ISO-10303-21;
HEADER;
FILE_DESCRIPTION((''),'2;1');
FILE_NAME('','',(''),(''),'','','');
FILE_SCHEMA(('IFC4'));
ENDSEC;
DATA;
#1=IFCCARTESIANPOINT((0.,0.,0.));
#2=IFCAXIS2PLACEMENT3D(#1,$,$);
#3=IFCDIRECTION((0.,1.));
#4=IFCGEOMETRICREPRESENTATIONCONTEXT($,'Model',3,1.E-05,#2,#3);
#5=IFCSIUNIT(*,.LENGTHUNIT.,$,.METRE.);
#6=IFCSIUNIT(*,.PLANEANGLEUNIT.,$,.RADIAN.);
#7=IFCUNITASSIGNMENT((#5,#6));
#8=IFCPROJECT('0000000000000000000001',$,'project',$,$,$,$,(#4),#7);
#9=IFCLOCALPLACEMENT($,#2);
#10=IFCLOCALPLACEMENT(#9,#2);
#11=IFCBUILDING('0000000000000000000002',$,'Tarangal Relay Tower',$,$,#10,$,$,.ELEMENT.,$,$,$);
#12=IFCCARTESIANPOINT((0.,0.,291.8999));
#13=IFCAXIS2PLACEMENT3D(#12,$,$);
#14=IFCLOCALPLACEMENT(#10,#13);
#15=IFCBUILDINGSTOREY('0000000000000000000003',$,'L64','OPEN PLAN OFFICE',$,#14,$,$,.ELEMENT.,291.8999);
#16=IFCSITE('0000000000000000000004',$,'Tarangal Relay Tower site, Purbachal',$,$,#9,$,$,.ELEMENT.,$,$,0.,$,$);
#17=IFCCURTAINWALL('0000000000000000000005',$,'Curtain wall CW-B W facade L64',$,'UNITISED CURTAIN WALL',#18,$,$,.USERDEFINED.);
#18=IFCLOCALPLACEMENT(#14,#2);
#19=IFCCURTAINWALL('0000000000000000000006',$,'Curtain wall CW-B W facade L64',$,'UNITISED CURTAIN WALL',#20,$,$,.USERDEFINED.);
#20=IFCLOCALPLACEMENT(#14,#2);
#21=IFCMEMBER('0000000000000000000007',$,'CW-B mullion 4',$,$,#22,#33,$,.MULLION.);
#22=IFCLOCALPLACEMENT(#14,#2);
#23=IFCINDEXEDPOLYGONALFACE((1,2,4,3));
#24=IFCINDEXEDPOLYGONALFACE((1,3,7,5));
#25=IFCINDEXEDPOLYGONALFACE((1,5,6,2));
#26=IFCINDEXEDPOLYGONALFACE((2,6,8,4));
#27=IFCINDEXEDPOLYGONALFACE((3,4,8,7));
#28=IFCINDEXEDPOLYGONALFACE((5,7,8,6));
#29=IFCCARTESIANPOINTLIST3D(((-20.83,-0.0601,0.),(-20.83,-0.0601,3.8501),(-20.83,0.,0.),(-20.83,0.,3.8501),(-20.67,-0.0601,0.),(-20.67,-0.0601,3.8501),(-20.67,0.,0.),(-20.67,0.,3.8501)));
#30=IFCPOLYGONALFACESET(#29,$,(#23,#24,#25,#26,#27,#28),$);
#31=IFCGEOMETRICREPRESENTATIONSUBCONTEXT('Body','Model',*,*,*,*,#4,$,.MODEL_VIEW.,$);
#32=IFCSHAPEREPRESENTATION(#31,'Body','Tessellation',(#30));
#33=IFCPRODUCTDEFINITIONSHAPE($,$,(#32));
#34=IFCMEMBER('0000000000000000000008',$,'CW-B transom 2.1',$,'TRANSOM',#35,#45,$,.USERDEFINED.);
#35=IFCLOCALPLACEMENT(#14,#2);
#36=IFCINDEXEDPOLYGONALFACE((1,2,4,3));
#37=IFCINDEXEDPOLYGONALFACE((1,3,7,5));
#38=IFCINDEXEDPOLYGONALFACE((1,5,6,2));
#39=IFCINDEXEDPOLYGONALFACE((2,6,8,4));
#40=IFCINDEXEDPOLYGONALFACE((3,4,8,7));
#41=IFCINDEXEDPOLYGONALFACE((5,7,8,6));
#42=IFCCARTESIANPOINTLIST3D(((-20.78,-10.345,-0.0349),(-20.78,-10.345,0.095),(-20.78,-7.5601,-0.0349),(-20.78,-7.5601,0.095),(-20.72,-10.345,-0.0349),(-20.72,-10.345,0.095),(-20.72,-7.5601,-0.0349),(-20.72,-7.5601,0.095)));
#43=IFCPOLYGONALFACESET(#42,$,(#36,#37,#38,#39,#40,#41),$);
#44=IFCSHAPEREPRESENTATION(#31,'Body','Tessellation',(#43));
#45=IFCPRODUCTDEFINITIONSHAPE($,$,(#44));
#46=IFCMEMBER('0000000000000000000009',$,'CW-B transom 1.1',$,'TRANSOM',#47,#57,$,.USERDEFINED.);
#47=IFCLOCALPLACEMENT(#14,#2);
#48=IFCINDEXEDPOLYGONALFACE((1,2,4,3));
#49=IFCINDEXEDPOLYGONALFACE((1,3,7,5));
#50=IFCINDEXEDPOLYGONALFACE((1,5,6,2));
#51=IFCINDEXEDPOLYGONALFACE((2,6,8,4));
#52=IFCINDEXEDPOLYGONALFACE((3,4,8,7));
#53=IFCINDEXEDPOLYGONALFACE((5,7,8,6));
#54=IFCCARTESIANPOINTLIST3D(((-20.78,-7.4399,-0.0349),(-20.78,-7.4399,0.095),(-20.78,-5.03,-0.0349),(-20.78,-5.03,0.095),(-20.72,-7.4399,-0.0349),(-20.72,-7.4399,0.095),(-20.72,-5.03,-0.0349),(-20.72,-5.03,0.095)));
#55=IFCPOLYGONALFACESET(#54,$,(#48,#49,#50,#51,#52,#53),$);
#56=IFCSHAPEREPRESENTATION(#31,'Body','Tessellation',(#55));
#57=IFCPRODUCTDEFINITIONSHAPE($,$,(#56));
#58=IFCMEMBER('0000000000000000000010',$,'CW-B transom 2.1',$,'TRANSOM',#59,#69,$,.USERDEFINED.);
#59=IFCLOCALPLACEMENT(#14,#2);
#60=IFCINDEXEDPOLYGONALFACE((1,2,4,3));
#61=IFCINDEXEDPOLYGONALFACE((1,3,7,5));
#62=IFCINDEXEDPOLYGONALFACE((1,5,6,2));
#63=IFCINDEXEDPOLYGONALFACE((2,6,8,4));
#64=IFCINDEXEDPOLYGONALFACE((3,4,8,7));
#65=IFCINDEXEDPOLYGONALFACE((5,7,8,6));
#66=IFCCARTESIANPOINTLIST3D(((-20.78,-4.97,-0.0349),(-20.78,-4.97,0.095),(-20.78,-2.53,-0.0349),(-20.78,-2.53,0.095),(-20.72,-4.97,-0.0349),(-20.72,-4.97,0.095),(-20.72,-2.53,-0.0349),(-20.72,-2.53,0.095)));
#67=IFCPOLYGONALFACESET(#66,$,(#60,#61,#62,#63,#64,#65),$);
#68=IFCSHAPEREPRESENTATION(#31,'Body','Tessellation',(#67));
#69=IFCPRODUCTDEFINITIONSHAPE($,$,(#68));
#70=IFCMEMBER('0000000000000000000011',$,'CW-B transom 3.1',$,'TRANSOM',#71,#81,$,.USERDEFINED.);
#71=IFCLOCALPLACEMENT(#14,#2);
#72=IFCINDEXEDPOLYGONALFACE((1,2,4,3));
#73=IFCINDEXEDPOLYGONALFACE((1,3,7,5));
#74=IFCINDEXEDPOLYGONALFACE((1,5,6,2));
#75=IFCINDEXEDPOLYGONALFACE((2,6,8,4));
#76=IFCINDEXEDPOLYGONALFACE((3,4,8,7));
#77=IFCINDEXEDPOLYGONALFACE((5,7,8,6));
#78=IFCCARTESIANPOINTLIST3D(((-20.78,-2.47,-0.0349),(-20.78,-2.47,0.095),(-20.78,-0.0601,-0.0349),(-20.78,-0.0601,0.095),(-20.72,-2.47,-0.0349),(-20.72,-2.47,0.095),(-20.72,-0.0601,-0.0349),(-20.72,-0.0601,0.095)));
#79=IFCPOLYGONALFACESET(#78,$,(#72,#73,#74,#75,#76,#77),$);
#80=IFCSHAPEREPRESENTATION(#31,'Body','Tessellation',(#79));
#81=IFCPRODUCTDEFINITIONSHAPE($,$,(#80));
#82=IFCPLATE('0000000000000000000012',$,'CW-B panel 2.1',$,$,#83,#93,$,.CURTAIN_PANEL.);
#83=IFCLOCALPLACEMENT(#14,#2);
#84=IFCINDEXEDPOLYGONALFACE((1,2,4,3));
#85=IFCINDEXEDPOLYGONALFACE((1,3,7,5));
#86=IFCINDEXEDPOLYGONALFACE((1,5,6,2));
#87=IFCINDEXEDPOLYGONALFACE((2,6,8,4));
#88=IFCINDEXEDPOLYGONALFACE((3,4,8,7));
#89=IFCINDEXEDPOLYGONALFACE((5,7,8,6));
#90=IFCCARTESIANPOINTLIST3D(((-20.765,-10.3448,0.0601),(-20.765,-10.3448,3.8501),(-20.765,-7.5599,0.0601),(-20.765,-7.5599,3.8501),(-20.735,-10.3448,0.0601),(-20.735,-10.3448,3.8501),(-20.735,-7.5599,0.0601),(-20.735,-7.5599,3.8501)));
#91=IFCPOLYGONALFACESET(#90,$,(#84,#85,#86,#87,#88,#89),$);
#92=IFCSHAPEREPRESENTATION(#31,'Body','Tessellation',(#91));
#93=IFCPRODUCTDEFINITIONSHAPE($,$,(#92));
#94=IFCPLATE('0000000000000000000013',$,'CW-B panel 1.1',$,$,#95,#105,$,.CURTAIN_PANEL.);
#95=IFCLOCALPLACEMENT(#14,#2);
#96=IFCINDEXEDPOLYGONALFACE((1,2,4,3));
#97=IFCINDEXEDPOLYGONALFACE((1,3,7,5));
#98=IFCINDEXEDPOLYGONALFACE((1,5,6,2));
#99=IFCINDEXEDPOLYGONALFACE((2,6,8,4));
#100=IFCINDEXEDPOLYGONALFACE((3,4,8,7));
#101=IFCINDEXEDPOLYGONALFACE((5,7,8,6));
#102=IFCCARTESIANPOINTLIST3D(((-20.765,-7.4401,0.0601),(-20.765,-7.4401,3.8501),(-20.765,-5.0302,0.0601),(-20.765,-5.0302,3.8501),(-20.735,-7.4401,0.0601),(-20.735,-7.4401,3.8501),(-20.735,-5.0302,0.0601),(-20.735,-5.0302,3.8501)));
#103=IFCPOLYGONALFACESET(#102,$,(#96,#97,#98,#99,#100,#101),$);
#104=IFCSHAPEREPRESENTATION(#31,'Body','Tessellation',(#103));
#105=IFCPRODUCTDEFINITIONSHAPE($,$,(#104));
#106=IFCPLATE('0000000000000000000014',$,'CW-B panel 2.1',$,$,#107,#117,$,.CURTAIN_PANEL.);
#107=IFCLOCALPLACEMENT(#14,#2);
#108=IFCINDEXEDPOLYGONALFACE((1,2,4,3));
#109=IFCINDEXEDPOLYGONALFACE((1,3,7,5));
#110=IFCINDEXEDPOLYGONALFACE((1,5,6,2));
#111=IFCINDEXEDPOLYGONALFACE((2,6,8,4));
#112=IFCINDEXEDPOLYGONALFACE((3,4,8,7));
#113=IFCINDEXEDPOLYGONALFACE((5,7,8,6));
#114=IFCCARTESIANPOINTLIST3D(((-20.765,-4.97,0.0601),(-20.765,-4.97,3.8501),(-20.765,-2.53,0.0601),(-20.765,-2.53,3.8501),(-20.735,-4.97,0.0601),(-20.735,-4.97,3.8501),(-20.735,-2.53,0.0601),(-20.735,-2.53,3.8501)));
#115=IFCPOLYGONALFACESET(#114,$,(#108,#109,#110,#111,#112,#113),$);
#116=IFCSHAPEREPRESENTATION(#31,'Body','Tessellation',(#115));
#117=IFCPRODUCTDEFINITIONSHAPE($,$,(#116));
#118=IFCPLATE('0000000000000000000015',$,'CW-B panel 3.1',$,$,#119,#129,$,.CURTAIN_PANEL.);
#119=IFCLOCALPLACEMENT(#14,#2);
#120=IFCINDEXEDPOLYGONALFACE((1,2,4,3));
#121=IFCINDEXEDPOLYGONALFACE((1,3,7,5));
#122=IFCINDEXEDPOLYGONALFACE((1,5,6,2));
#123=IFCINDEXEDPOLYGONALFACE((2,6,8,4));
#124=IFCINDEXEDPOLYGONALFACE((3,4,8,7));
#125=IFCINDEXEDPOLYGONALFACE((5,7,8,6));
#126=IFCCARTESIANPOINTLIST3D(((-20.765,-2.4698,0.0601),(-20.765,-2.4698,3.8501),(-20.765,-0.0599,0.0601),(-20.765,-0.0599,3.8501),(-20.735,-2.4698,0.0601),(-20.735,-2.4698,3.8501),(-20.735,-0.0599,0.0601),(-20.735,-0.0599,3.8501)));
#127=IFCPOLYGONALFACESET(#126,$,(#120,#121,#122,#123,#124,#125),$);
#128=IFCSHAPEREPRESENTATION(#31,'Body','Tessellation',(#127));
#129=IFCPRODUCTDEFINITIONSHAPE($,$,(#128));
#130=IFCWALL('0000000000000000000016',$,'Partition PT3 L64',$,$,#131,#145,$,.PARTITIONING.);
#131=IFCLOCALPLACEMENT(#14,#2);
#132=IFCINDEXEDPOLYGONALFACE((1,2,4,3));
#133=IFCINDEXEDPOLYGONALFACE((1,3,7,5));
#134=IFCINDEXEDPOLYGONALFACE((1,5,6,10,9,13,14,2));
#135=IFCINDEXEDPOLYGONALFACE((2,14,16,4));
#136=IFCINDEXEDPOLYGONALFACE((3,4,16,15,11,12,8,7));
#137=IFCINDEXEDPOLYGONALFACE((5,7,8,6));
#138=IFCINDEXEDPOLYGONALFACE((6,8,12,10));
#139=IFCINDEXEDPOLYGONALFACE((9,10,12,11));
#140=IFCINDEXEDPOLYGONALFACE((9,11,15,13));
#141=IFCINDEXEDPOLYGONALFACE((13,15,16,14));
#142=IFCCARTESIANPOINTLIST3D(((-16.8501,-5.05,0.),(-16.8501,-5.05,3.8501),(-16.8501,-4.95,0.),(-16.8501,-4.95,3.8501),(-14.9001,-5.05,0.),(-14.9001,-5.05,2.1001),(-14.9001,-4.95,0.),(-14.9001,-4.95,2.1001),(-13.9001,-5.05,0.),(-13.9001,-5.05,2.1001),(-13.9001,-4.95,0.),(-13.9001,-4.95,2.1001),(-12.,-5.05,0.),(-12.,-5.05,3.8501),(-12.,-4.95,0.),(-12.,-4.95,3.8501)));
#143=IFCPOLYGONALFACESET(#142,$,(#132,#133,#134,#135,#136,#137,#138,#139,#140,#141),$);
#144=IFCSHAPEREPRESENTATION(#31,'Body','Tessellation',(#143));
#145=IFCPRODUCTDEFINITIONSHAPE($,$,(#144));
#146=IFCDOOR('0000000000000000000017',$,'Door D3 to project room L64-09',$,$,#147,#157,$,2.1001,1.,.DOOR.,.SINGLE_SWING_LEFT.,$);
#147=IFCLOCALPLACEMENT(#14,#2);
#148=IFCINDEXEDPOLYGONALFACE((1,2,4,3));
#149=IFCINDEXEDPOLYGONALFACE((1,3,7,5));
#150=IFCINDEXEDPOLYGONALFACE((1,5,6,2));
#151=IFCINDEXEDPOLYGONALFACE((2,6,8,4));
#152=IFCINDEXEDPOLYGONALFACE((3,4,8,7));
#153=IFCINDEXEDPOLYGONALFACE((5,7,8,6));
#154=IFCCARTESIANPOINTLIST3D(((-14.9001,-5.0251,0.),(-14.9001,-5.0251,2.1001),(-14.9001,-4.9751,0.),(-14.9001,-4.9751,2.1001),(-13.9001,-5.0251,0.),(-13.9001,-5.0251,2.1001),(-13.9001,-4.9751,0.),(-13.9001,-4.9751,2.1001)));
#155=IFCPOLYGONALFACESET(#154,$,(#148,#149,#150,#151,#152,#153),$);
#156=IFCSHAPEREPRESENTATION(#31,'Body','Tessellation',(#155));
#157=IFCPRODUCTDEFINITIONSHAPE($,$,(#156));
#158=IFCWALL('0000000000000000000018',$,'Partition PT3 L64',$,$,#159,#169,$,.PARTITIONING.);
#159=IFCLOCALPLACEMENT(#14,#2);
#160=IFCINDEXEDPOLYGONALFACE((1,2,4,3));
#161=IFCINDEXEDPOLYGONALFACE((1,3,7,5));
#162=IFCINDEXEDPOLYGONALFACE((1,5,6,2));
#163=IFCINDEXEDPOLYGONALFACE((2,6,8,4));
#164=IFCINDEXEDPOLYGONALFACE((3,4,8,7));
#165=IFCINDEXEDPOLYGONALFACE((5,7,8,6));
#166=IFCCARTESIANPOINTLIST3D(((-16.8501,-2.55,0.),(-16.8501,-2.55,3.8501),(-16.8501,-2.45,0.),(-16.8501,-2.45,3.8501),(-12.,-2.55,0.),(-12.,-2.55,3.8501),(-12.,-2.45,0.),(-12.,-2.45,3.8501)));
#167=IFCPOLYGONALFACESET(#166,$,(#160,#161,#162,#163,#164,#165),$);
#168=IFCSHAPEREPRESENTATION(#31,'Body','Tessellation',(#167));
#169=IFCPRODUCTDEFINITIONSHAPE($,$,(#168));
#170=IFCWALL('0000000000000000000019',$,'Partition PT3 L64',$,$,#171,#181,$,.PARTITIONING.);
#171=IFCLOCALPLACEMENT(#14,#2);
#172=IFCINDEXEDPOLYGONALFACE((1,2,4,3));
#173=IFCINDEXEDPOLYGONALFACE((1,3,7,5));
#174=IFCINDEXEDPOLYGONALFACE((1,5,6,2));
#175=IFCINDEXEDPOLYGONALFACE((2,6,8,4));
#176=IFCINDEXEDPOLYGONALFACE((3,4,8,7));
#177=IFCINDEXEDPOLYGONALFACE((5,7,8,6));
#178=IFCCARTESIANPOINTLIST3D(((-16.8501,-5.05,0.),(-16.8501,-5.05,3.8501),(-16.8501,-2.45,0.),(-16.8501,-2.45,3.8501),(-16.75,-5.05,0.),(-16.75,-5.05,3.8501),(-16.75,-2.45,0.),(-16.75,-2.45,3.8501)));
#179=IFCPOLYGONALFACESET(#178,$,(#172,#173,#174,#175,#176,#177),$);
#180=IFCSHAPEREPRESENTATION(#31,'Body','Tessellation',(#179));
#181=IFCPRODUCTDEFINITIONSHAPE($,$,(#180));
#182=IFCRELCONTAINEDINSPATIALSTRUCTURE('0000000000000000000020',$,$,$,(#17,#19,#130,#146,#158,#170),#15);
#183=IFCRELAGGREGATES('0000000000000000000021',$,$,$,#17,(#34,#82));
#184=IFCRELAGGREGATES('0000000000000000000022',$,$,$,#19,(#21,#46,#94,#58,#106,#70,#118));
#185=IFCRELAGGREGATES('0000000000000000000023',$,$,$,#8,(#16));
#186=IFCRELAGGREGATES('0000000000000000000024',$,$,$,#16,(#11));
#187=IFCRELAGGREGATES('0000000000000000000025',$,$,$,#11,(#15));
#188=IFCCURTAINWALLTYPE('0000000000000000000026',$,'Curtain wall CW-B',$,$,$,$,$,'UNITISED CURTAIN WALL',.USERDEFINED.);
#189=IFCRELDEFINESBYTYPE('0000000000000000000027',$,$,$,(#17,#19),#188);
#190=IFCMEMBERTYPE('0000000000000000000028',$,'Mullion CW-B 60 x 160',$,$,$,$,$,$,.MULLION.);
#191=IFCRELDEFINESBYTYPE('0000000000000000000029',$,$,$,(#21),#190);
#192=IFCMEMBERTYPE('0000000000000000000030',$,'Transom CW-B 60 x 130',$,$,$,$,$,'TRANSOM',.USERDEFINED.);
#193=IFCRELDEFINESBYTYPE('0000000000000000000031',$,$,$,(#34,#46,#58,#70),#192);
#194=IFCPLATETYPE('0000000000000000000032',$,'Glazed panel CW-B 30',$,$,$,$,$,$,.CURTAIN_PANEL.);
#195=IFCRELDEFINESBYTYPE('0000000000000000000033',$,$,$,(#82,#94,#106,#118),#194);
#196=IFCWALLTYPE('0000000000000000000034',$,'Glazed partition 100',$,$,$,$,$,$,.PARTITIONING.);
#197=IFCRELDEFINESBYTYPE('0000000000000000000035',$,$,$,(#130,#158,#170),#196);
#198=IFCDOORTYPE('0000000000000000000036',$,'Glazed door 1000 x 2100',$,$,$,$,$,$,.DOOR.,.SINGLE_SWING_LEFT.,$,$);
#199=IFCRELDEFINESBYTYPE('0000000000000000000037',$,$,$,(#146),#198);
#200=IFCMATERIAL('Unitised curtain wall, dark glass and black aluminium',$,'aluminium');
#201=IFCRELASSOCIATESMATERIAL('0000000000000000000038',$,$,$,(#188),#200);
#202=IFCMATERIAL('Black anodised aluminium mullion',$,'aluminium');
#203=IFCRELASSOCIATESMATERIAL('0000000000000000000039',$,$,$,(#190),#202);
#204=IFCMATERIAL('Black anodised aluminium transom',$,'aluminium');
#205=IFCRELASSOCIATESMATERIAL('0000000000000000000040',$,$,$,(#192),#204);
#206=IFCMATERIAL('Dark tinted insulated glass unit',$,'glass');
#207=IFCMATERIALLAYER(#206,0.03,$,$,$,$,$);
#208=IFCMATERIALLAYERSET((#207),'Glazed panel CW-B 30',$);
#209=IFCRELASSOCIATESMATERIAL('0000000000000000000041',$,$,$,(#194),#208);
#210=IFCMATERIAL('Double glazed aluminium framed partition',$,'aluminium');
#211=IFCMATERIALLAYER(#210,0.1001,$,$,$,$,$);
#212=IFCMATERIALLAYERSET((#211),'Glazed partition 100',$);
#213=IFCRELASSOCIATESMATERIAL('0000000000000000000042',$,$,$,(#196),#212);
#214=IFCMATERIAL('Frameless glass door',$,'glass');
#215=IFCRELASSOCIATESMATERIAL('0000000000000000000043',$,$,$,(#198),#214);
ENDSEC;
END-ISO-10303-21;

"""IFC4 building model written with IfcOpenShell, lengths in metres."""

from ifc_helpers import new_model, si_unit, direction, frame, frame_2d, origin, origin_2d, place, context, subcontext, project, spatial, rectangle, extrude, material, layer, layer_set, material_profile, profile_set, type_object, element, fill, aggregate, save


model = new_model("IFC4")

# Units and contexts
model_context = context("Model", 3, precision=1e-05, world=origin(), true_north=direction((0.0, 1.0)))
body_context = subcontext(model_context, "Body", "Model", "MODEL_VIEW")
ifc_project = project(units=[si_unit("LENGTHUNIT", "METRE"), si_unit("PLANEANGLEUNIT", "RADIAN")], contexts=[model_context])

# Site, building, storey
site_placement = place(None, origin())
site = spatial("IfcSite", under=ifc_project, at=site_placement, Name="Tarangal Relay Tower site, Purbachal", CompositionType="ELEMENT", RefElevation=0.0)
building_placement = place(site_placement, origin())
building = spatial("IfcBuilding", under=site, at=building_placement, Name="Tarangal Relay Tower", CompositionType="ELEMENT")
storey_placement = place(building_placement, frame((0.0, 0.0, 291.8999)))
storey = spatial("IfcBuildingStorey", under=building, at=storey_placement, Name="L64", Description="OPEN PLAN OFFICE", CompositionType="ELEMENT", Elevation=291.8999)

# Curtain wall
ifc_material_1 = material(Name="Unitised curtain wall, dark glass and black aluminium", Category="aluminium")
curtain_wall_type = type_object("IfcCurtainWallType", Name="Curtain wall CW-B", ElementType="UNITISED CURTAIN WALL", PredefinedType="USERDEFINED", material=ifc_material_1)
curtain_wall_1_placement = place(storey_placement, origin())
curtain_wall_1 = element("IfcCurtainWall", 1, at=curtain_wall_1_placement, inside=storey, type_object=curtain_wall_type, Name="Curtain wall CW-B W facade L64", ObjectType="UNITISED CURTAIN WALL", PredefinedType="USERDEFINED")
ifc_material_2 = material(Name="Black anodised aluminium mullion", Category="aluminium")
ifc_material_profile_1 = material_profile(ifc_material_2, rectangle(XDim=0.1599, YDim=0.0601, at=origin_2d()), Name="CW-BM 60X160")
ifc_profile_set_1 = profile_set([ifc_material_profile_1], Name="Black anodised aluminium mullion")
member_type_1 = type_object("IfcMemberType", Name="Mullion CW-B 60 x 160", PredefinedType="MULLION", material=ifc_profile_set_1)

# Curtain wall, member
curtain_wall_2_placement = place(storey_placement, origin())
curtain_wall_2 = element("IfcCurtainWall", 2, at=curtain_wall_2_placement, inside=storey, type_object=curtain_wall_type, Name="Curtain wall CW-B W facade L64", ObjectType="UNITISED CURTAIN WALL", PredefinedType="USERDEFINED")
member_1_placement = place(storey_placement, frame((-20.75, -0.03, 0.0), z_axis=(0.0, 0.0, 1.0), x_axis=(-1.0, 0.0, 0.0)))
member_1 = element("IfcMember", 3, at=member_1_placement, type_object=member_type_1, Name="CW-B mullion 4", PredefinedType="MULLION", context=body_context, shape_type="SweptSolid", body=[
    extrude(rectangle(XDim=0.1599, YDim=0.0601, at=origin_2d()), origin(), (0.0, 0.0, 1.0), 3.8501),
])

# Members
ifc_material_3 = material(Name="Black anodised aluminium transom", Category="aluminium")
ifc_material_profile_2 = material_profile(ifc_material_3, rectangle(XDim=0.0601, YDim=0.1299, at=origin_2d()), Name="CW-BT 60X130")
ifc_profile_set_2 = profile_set([ifc_material_profile_2], Name="Black anodised aluminium transom")
member_type_2 = type_object("IfcMemberType", Name="Transom CW-B 60 x 130", ElementType="TRANSOM", PredefinedType="USERDEFINED", material=ifc_profile_set_2)
member_2_placement = place(storey_placement, frame((-20.75, -10.345, 0.03), z_axis=(0.0, 1.0, 0.0), x_axis=(-1.0, 0.0, 0.0)))
member_2 = element("IfcMember", 4, at=member_2_placement, type_object=member_type_2, Name="CW-B transom 2.1", ObjectType="TRANSOM", PredefinedType="USERDEFINED", context=body_context, shape_type="SweptSolid", body=[
    extrude(rectangle(XDim=0.0601, YDim=0.1299, at=origin_2d()), origin(), (0.0, 0.0, 1.0), 2.7849),
])
member_3_placement = place(storey_placement, frame((-20.75, -7.4399, 0.03), z_axis=(0.0, 1.0, 0.0), x_axis=(-1.0, 0.0, 0.0)))
member_3 = element("IfcMember", 5, at=member_3_placement, type_object=member_type_2, Name="CW-B transom 1.1", ObjectType="TRANSOM", PredefinedType="USERDEFINED", context=body_context, shape_type="SweptSolid", body=[
    extrude(rectangle(XDim=0.0601, YDim=0.1299, at=origin_2d()), origin(), (0.0, 0.0, 1.0), 2.4099),
])
member_4_placement = place(storey_placement, frame((-20.75, -4.97, 0.03), z_axis=(0.0, 1.0, 0.0), x_axis=(-1.0, 0.0, 0.0)))
member_4 = element("IfcMember", 6, at=member_4_placement, type_object=member_type_2, Name="CW-B transom 2.1", ObjectType="TRANSOM", PredefinedType="USERDEFINED", context=body_context, shape_type="SweptSolid", body=[
    extrude(rectangle(XDim=0.0601, YDim=0.1299, at=origin_2d()), origin(), (0.0, 0.0, 1.0), 2.4399),
])
member_5_placement = place(storey_placement, frame((-20.75, -2.47, 0.03), z_axis=(0.0, 1.0, 0.0), x_axis=(-1.0, 0.0, 0.0)))
member_5 = element("IfcMember", 7, at=member_5_placement, type_object=member_type_2, Name="CW-B transom 3.1", ObjectType="TRANSOM", PredefinedType="USERDEFINED", context=body_context, shape_type="SweptSolid", body=[
    extrude(rectangle(XDim=0.0601, YDim=0.1299, at=origin_2d()), origin(), (0.0, 0.0, 1.0), 2.4099),
])

# Plates
ifc_material_4 = material(Name="Dark tinted insulated glass unit", Category="glass")
ifc_layer_1 = layer(ifc_material_4, 0.03)
ifc_layer_set_1 = layer_set([ifc_layer_1], Name="Glazed panel CW-B 30")
plate_type = type_object("IfcPlateType", Name="Glazed panel CW-B 30", PredefinedType="CURTAIN_PANEL", material=ifc_layer_set_1)
plate_1_placement = place(storey_placement, frame((-20.75, -8.9524, 0.0601), z_axis=(0.0, 0.0, 1.0), x_axis=(0.0, 1.0, 0.0)))
plate_1 = element("IfcPlate", 8, at=plate_1_placement, type_object=plate_type, Name="CW-B panel 2.1", PredefinedType="CURTAIN_PANEL", context=body_context, shape_type="SweptSolid", body=[
    extrude(rectangle(XDim=2.7849, YDim=0.03, at=origin_2d()), origin(), (0.0, 0.0, 1.0), 3.79),
])
aggregate(curtain_wall_1, [member_2, plate_1])
plate_2_placement = place(storey_placement, frame((-20.75, -6.2351, 0.0601), z_axis=(0.0, 0.0, 1.0), x_axis=(0.0, 1.0, 0.0)))
plate_2 = element("IfcPlate", 9, at=plate_2_placement, type_object=plate_type, Name="CW-B panel 1.1", PredefinedType="CURTAIN_PANEL", context=body_context, shape_type="SweptSolid", body=[
    extrude(rectangle(XDim=2.4099, YDim=0.03, at=origin_2d()), origin(), (0.0, 0.0, 1.0), 3.79),
])
plate_3_placement = place(storey_placement, frame((-20.75, -3.75, 0.0601), z_axis=(0.0, 0.0, 1.0), x_axis=(0.0, 1.0, 0.0)))
plate_3 = element("IfcPlate", 10, at=plate_3_placement, type_object=plate_type, Name="CW-B panel 2.1", PredefinedType="CURTAIN_PANEL", context=body_context, shape_type="SweptSolid", body=[
    extrude(rectangle(XDim=2.4399, YDim=0.03, at=origin_2d()), origin(), (0.0, 0.0, 1.0), 3.79),
])
plate_4_placement = place(storey_placement, frame((-20.75, -1.2649, 0.0601), z_axis=(0.0, 0.0, 1.0), x_axis=(0.0, 1.0, 0.0)))
plate_4 = element("IfcPlate", 11, at=plate_4_placement, type_object=plate_type, Name="CW-B panel 3.1", PredefinedType="CURTAIN_PANEL", context=body_context, shape_type="SweptSolid", body=[
    extrude(rectangle(XDim=2.4099, YDim=0.03, at=origin_2d()), origin(), (0.0, 0.0, 1.0), 3.79),
])
aggregate(curtain_wall_2, [member_1, member_3, plate_2, member_4, plate_3, member_5, plate_4])

# Wall, opening, door
ifc_material_5 = material(Name="Double glazed aluminium framed partition", Category="aluminium")
ifc_layer_2 = layer(ifc_material_5, 0.1001)
ifc_layer_set_2 = layer_set([ifc_layer_2], Name="Glazed partition 100")
wall_type = type_object("IfcWallType", Name="Glazed partition 100", PredefinedType="PARTITIONING", material=ifc_layer_set_2)
wall_1_placement = place(storey_placement, frame((-16.8501, -5.0, 0.0), z_axis=(0.0, 0.0, 1.0), x_axis=(1.0, 0.0, 0.0)))
wall_1 = element("IfcWall", 12, at=wall_1_placement, inside=storey, type_object=wall_type, Name="Partition PT3 L64", PredefinedType="PARTITIONING", context=body_context, shape_type="SweptSolid", body=[
    extrude(rectangle(XDim=4.8501, YDim=0.1001, at=frame_2d((2.425, 0.0))), origin(), (0.0, 0.0, 1.0), 3.8501),
])
opening_placement = place(wall_1_placement, frame((1.95, 0.0, 0.0)))
opening = element("IfcOpeningElement", 13, at=opening_placement, cuts=wall_1, PredefinedType="OPENING", context=body_context, shape_type="SweptSolid", body=[
    extrude(rectangle(XDim=1.0, YDim=2.1001, at=frame_2d((0.5, 1.05))), frame((0.0, 0.0601, 0.0), z_axis=(0.0, -1.0, 0.0), x_axis=(1.0, 0.0, 0.0)), (0.0, 0.0, 1.0), 0.1201),
])
ifc_material_6 = material(Name="Frameless glass door", Category="glass")
door_type = type_object("IfcDoorType", Name="Glazed door 1000 x 2100", OperationType="SINGLE_SWING_LEFT", PredefinedType="DOOR", material=ifc_material_6)
door_placement = place(opening_placement, origin())
door = element("IfcDoor", 14, at=door_placement, inside=storey, type_object=door_type, Name="Door D3 to project room L64-09", OperationType="SINGLE_SWING_LEFT", OverallHeight=2.1001, OverallWidth=1.0, PredefinedType="DOOR", context=body_context, shape_type="SweptSolid", body=[
    extrude(rectangle(XDim=1.0, YDim=2.1001, at=frame_2d((0.5, 1.05))), frame((0.0, 0.0249, 0.0), z_axis=(0.0, -1.0, 0.0), x_axis=(1.0, 0.0, 0.0)), (0.0, 0.0, 1.0), 0.05),
])
fill(opening, door)

# Walls
wall_2_placement = place(storey_placement, frame((-16.8501, -2.5, 0.0), z_axis=(0.0, 0.0, 1.0), x_axis=(1.0, 0.0, 0.0)))
element("IfcWall", 15, at=wall_2_placement, inside=storey, type_object=wall_type, Name="Partition PT3 L64", PredefinedType="PARTITIONING", context=body_context, shape_type="SweptSolid", body=[
    extrude(rectangle(XDim=4.8501, YDim=0.1001, at=frame_2d((2.425, 0.0))), origin(), (0.0, 0.0, 1.0), 3.8501),
])
wall_3_placement = place(storey_placement, frame((-16.8, -5.05, 0.0), z_axis=(0.0, 0.0, 1.0), x_axis=(0.0, 1.0, 0.0)))
element("IfcWall", 16, at=wall_3_placement, inside=storey, type_object=wall_type, Name="Partition PT3 L64", PredefinedType="PARTITIONING", context=body_context, shape_type="SweptSolid", body=[
    extrude(rectangle(XDim=2.6001, YDim=0.1001, at=frame_2d((1.3, 0.0))), origin(), (0.0, 0.0, 1.0), 3.8501),
])

save(model, "model.ifc")
